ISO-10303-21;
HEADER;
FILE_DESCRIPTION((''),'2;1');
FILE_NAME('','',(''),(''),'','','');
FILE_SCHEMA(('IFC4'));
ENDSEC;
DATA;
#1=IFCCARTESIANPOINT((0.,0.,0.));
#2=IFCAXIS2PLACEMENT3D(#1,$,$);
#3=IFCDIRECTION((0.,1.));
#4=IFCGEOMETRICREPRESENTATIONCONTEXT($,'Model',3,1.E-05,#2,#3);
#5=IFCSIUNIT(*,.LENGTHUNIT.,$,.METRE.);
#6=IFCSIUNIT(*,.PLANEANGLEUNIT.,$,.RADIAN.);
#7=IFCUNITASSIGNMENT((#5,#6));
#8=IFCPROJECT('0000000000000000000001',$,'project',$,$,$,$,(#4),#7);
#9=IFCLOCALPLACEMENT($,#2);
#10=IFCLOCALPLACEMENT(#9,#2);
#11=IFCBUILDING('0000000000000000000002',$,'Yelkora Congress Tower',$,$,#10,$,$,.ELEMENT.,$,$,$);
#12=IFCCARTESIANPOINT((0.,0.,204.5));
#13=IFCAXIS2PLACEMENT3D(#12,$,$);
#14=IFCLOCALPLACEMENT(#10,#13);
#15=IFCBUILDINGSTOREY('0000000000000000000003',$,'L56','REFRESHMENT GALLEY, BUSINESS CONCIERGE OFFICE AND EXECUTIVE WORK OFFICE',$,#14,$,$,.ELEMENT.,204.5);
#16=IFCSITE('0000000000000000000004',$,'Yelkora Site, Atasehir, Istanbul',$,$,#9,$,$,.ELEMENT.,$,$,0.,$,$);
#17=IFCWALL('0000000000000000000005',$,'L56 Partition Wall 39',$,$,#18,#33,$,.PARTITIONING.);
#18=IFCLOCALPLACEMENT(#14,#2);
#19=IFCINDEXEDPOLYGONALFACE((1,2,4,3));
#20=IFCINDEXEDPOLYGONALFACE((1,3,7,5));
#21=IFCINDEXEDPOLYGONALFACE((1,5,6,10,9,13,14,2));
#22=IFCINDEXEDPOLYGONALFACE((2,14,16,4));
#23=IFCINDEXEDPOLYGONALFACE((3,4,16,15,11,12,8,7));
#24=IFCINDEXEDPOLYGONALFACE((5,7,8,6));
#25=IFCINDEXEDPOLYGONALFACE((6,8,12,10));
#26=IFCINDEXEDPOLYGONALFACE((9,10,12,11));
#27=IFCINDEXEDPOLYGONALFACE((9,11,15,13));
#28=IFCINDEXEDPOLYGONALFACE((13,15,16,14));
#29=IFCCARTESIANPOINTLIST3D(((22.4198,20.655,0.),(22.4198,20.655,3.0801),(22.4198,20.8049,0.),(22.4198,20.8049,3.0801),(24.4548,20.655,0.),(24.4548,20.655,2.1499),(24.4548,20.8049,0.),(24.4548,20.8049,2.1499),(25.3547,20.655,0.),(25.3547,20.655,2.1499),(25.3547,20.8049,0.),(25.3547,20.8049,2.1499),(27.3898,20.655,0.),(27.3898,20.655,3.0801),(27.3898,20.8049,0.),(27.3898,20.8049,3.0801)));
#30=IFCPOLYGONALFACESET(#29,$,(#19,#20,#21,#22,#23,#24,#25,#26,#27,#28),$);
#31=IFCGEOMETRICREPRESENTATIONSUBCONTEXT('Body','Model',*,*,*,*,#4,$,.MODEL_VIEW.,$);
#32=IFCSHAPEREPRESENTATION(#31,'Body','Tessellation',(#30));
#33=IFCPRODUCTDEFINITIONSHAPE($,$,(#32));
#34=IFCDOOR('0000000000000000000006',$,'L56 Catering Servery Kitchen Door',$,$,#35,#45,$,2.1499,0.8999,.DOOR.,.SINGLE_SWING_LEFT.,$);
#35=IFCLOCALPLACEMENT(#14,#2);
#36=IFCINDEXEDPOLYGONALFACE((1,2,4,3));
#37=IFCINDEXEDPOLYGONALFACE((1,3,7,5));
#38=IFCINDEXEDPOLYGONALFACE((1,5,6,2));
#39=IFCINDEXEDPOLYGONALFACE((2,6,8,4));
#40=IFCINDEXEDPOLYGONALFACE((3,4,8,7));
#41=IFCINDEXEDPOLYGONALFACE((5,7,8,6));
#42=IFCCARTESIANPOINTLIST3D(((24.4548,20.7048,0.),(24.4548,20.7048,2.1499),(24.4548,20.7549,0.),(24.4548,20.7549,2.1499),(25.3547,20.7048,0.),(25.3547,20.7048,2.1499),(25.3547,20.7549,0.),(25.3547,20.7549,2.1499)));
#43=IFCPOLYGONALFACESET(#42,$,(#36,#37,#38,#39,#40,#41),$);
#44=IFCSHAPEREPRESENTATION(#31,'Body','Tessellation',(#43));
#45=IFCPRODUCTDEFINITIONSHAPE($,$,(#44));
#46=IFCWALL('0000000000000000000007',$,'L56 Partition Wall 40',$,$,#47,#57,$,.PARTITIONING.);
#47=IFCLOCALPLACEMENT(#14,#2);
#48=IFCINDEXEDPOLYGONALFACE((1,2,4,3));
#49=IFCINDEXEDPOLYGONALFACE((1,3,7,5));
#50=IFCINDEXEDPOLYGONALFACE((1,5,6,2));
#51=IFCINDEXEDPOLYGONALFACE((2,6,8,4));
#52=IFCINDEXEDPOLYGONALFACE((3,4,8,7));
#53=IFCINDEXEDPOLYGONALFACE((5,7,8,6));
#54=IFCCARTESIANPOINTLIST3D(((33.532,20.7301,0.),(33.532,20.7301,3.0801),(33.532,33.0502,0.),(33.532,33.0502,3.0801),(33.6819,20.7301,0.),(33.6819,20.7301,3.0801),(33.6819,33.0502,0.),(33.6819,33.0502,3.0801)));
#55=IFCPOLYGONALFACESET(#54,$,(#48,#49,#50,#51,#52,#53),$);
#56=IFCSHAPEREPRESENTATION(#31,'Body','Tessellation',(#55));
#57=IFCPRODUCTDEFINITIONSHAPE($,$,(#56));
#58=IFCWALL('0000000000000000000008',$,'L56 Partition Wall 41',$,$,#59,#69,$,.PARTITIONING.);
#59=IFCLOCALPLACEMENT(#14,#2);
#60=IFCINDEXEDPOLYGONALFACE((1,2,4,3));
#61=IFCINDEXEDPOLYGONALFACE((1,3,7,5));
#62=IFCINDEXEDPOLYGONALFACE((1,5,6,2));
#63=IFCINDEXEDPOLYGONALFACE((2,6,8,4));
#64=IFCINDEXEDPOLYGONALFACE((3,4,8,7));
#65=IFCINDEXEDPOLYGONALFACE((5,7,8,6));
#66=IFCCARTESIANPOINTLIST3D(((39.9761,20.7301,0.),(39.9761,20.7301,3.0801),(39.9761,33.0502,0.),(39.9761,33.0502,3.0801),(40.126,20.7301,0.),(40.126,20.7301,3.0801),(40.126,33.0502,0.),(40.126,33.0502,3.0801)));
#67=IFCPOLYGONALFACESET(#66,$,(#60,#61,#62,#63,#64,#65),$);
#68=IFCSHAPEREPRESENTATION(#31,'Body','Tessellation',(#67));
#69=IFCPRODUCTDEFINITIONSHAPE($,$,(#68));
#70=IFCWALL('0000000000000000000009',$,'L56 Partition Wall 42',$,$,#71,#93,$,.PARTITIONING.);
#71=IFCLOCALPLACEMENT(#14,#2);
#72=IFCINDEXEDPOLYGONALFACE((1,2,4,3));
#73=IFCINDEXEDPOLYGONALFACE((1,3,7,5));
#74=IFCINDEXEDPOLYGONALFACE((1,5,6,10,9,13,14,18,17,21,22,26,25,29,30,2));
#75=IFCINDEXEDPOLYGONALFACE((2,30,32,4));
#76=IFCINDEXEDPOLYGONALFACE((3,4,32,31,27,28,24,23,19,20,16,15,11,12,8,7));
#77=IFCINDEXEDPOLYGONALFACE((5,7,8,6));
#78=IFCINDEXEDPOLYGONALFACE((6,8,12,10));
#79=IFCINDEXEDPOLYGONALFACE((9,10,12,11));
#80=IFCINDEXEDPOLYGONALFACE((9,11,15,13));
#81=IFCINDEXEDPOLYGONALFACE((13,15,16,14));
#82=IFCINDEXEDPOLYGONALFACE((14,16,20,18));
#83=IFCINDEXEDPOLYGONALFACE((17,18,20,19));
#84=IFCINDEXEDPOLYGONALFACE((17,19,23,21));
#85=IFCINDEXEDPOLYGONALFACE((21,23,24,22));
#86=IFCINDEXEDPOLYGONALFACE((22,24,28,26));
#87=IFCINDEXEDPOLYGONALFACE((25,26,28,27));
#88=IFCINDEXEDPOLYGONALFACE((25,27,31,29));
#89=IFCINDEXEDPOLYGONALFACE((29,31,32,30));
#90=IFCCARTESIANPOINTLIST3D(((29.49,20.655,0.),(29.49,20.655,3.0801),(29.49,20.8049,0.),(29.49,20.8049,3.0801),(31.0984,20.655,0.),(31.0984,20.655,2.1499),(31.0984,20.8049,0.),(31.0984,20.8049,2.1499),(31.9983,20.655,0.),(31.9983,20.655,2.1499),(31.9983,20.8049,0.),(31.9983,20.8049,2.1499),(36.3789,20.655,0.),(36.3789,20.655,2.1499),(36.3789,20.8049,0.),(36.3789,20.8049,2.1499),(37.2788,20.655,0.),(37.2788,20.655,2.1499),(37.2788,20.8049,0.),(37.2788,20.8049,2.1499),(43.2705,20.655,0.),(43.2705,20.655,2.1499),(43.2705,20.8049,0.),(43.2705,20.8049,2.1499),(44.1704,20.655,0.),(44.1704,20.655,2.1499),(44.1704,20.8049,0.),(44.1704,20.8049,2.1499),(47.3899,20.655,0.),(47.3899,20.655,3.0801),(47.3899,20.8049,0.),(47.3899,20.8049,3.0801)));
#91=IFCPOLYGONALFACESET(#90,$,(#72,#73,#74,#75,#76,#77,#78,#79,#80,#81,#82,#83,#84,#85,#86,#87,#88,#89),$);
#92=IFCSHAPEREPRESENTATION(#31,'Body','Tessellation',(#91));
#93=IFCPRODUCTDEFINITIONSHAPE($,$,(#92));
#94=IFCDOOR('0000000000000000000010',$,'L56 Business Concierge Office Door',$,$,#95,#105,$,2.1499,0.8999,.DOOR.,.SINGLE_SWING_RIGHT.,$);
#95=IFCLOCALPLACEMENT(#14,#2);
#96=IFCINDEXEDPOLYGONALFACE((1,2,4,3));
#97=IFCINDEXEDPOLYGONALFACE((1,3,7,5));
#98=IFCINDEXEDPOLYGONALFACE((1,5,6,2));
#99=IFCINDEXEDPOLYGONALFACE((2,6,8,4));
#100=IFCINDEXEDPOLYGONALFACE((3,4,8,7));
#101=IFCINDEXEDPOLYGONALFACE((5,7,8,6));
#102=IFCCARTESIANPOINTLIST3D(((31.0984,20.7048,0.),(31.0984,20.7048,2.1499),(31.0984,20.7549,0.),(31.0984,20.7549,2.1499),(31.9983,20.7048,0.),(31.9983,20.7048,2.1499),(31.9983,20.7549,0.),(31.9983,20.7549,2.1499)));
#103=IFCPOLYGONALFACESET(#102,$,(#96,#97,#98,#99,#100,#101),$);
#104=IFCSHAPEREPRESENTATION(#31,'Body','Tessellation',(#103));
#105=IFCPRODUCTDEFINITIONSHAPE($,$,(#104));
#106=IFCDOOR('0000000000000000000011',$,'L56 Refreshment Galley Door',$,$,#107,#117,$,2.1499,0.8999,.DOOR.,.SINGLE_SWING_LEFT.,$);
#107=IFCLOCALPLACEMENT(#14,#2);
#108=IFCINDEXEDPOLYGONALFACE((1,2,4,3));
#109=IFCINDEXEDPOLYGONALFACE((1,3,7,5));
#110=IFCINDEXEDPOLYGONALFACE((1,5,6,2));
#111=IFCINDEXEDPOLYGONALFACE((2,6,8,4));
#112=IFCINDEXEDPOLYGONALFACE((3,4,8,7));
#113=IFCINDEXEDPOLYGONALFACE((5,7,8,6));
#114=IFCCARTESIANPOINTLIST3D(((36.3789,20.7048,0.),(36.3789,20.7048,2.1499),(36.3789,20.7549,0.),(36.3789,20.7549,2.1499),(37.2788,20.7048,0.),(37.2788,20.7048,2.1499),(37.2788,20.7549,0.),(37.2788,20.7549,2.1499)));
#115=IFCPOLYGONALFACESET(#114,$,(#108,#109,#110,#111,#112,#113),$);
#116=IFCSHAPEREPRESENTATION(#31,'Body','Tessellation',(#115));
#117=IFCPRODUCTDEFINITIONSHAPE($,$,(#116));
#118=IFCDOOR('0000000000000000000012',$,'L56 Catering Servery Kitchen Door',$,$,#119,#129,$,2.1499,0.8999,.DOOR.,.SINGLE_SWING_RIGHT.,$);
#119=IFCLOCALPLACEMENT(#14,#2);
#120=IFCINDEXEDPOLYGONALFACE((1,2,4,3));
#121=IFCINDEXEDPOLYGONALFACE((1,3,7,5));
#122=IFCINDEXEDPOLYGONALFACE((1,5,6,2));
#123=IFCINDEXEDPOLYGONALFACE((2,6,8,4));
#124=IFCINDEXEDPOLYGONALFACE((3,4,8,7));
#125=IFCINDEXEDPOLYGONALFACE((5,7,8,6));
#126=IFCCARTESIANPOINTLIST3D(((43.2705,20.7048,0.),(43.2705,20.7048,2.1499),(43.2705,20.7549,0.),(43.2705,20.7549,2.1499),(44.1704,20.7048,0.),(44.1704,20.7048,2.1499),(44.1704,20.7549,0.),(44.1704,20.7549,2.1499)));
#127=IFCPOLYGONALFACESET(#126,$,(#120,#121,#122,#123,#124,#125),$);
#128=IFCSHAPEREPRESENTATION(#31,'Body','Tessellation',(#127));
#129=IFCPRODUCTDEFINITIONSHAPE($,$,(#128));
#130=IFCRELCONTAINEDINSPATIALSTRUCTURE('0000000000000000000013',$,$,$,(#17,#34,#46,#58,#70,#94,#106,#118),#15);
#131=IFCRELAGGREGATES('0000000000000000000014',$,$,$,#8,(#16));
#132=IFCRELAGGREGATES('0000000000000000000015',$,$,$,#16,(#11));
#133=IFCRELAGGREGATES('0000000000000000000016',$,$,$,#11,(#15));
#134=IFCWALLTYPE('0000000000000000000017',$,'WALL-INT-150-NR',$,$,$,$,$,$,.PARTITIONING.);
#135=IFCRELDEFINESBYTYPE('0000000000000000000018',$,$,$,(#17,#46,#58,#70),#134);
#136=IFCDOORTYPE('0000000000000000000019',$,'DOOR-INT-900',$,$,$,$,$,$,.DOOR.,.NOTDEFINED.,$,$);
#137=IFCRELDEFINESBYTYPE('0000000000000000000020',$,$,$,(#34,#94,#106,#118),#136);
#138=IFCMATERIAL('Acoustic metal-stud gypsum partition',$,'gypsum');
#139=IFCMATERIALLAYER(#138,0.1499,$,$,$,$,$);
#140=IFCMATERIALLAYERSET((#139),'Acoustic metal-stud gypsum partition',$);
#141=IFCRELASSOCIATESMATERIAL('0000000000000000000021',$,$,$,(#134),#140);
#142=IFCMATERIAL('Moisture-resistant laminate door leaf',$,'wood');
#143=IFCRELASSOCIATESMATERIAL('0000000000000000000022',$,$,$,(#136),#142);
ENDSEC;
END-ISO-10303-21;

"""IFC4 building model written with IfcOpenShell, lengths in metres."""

from ifc_helpers import new_model, si_unit, direction, frame, frame_2d, origin, place, context, subcontext, project, spatial, rectangle, extrude, material, layer, layer_set, type_object, element, fill, save


model = new_model("IFC4")

# Units and contexts
model_context = context("Model", 3, precision=1e-05, world=origin(), true_north=direction((0.0, 1.0)))
body_context = subcontext(model_context, "Body", "Model", "MODEL_VIEW")
ifc_project = project(units=[si_unit("LENGTHUNIT", "METRE"), si_unit("PLANEANGLEUNIT", "RADIAN")], contexts=[model_context])

# Site, building, storey
site_placement = place(None, origin())
site = spatial("IfcSite", under=ifc_project, at=site_placement, Name="Yelkora Site, Atasehir, Istanbul", CompositionType="ELEMENT", RefElevation=0.0)
building_placement = place(site_placement, origin())
building = spatial("IfcBuilding", under=site, at=building_placement, Name="Yelkora Congress Tower", CompositionType="ELEMENT")
storey_placement = place(building_placement, frame((0.0, 0.0, 204.5)))
storey = spatial("IfcBuildingStorey", under=building, at=storey_placement, Name="L56", Description="REFRESHMENT GALLEY, BUSINESS CONCIERGE OFFICE AND EXECUTIVE WORK OFFICE", CompositionType="ELEMENT", Elevation=204.5)

# Shared definitions
ifc_material_1 = material(Name="Acoustic metal-stud gypsum partition", Category="gypsum")
ifc_layer = layer(ifc_material_1, 0.1499)
ifc_layer_set = layer_set([ifc_layer], Name="Acoustic metal-stud gypsum partition")
wall_type = type_object("IfcWallType", Name="WALL-INT-150-NR", PredefinedType="PARTITIONING", material=ifc_layer_set)

# Wall, opening, door
wall_1_placement = place(storey_placement, frame((22.4199, 20.73, 0.0), z_axis=(0.0, 0.0, 1.0), x_axis=(1.0, 0.0, 0.0)))
wall_1 = element("IfcWall", 1, at=wall_1_placement, inside=storey, type_object=wall_type, Name="L56 Partition Wall 39", PredefinedType="PARTITIONING", context=body_context, shape_type="SweptSolid", body=[
    extrude(rectangle(XDim=4.97, YDim=0.1499, at=frame_2d((2.4849, 0.0))), origin(), (0.0, 0.0, 1.0), 3.0801),
])
opening_1_placement = place(wall_1_placement, frame((2.0349, 0.0, 0.0)))
opening_1 = element("IfcOpeningElement", 2, at=opening_1_placement, cuts=wall_1, PredefinedType="OPENING", context=body_context, shape_type="SweptSolid", body=[
    extrude(rectangle(XDim=0.8999, YDim=2.1499, at=frame_2d((0.45, 1.075))), frame((0.0, 0.085, 0.0), z_axis=(0.0, -1.0, 0.0), x_axis=(1.0, 0.0, 0.0)), (0.0, 0.0, 1.0), 0.1699),
])
ifc_material_2 = material(Name="Moisture-resistant laminate door leaf", Category="wood")
door_type = type_object("IfcDoorType", Name="DOOR-INT-900", OperationType="NOTDEFINED", PredefinedType="DOOR", material=ifc_material_2)
door_1_placement = place(opening_1_placement, origin())
door_1 = element("IfcDoor", 3, at=door_1_placement, inside=storey, type_object=door_type, Name="L56 Catering Servery Kitchen Door", OperationType="SINGLE_SWING_LEFT", OverallHeight=2.1499, OverallWidth=0.8999, PredefinedType="DOOR", context=body_context, shape_type="SweptSolid", body=[
    extrude(rectangle(XDim=0.8999, YDim=2.1499, at=frame_2d((0.45, 1.075))), frame((0.0, 0.0249, 0.0), z_axis=(0.0, -1.0, 0.0), x_axis=(1.0, 0.0, 0.0)), (0.0, 0.0, 1.0), 0.05),
])
fill(opening_1, door_1)

# Walls
for number, where, z_axis, x_axis, name in (
    (4, (33.6069, 20.73, 0.0), (0.0, 0.0, 1.0), (0.0, 1.0, 0.0), "L56 Partition Wall 40"),
    (5, (40.051, 20.73, 0.0), (0.0, 0.0, 1.0), (0.0, 1.0, 0.0), "L56 Partition Wall 41"),
):
    element("IfcWall", number, at=place(storey_placement, frame(where, z_axis=z_axis, x_axis=x_axis)), inside=storey, type_object=wall_type, Name=name, PredefinedType="PARTITIONING", context=body_context, shape_type="SweptSolid", body=[
        extrude(rectangle(XDim=12.3201, YDim=0.1499, at=frame_2d((6.1602, 0.0))), origin(), (0.0, 0.0, 1.0), 3.0801),
    ])

# Wall, openings, doors
wall_2_placement = place(storey_placement, frame((29.49, 20.73, 0.0), z_axis=(0.0, 0.0, 1.0), x_axis=(1.0, 0.0, 0.0)))
wall_2 = element("IfcWall", 6, at=wall_2_placement, inside=storey, type_object=wall_type, Name="L56 Partition Wall 42", PredefinedType="PARTITIONING", context=body_context, shape_type="SweptSolid", body=[
    extrude(rectangle(XDim=17.8999, YDim=0.1499, at=frame_2d((8.95, 0.0))), origin(), (0.0, 0.0, 1.0), 3.0801),
])
opening_2_placement = place(wall_2_placement, frame((1.6084, 0.0, 0.0)))
opening_2 = element("IfcOpeningElement", 7, at=opening_2_placement, cuts=wall_2, PredefinedType="OPENING", context=body_context, shape_type="SweptSolid", body=[
    extrude(rectangle(XDim=0.8999, YDim=2.1499, at=frame_2d((0.45, 1.075))), frame((0.0, 0.085, 0.0), z_axis=(0.0, -1.0, 0.0), x_axis=(1.0, 0.0, 0.0)), (0.0, 0.0, 1.0), 0.1699),
])
opening_3_placement = place(wall_2_placement, frame((6.8889, 0.0, 0.0)))
opening_3 = element("IfcOpeningElement", 8, at=opening_3_placement, cuts=wall_2, PredefinedType="OPENING", context=body_context, shape_type="SweptSolid", body=[
    extrude(rectangle(XDim=0.8999, YDim=2.1499, at=frame_2d((0.45, 1.075))), frame((0.0, 0.085, 0.0), z_axis=(0.0, -1.0, 0.0), x_axis=(1.0, 0.0, 0.0)), (0.0, 0.0, 1.0), 0.1699),
])
opening_4_placement = place(wall_2_placement, frame((13.7805, 0.0, 0.0)))
opening_4 = element("IfcOpeningElement", 9, at=opening_4_placement, cuts=wall_2, PredefinedType="OPENING", context=body_context, shape_type="SweptSolid", body=[
    extrude(rectangle(XDim=0.8999, YDim=2.1499, at=frame_2d((0.45, 1.075))), frame((0.0, 0.085, 0.0), z_axis=(0.0, -1.0, 0.0), x_axis=(1.0, 0.0, 0.0)), (0.0, 0.0, 1.0), 0.1699),
])
door_2_placement = place(opening_2_placement, origin())
door_2 = element("IfcDoor", 10, at=door_2_placement, inside=storey, type_object=door_type, Name="L56 Business Concierge Office Door", OperationType="SINGLE_SWING_RIGHT", OverallHeight=2.1499, OverallWidth=0.8999, PredefinedType="DOOR", context=body_context, shape_type="SweptSolid", body=[
    extrude(rectangle(XDim=0.8999, YDim=2.1499, at=frame_2d((0.45, 1.075))), frame((0.0, 0.0249, 0.0), z_axis=(0.0, -1.0, 0.0), x_axis=(1.0, 0.0, 0.0)), (0.0, 0.0, 1.0), 0.05),
])
fill(opening_2, door_2)
door_3_placement = place(opening_3_placement, origin())
door_3 = element("IfcDoor", 11, at=door_3_placement, inside=storey, type_object=door_type, Name="L56 Refreshment Galley Door", OperationType="SINGLE_SWING_LEFT", OverallHeight=2.1499, OverallWidth=0.8999, PredefinedType="DOOR", context=body_context, shape_type="SweptSolid", body=[
    extrude(rectangle(XDim=0.8999, YDim=2.1499, at=frame_2d((0.45, 1.075))), frame((0.0, 0.0249, 0.0), z_axis=(0.0, -1.0, 0.0), x_axis=(1.0, 0.0, 0.0)), (0.0, 0.0, 1.0), 0.05),
])
fill(opening_3, door_3)
door_4_placement = place(opening_4_placement, origin())
door_4 = element("IfcDoor", 12, at=door_4_placement, inside=storey, type_object=door_type, Name="L56 Catering Servery Kitchen Door", OperationType="SINGLE_SWING_RIGHT", OverallHeight=2.1499, OverallWidth=0.8999, PredefinedType="DOOR", context=body_context, shape_type="SweptSolid", body=[
    extrude(rectangle(XDim=0.8999, YDim=2.1499, at=frame_2d((0.45, 1.075))), frame((0.0, 0.0249, 0.0), z_axis=(0.0, -1.0, 0.0), x_axis=(1.0, 0.0, 0.0)), (0.0, 0.0, 1.0), 0.05),
])
fill(opening_4, door_4)

save(model, "model.ifc")
